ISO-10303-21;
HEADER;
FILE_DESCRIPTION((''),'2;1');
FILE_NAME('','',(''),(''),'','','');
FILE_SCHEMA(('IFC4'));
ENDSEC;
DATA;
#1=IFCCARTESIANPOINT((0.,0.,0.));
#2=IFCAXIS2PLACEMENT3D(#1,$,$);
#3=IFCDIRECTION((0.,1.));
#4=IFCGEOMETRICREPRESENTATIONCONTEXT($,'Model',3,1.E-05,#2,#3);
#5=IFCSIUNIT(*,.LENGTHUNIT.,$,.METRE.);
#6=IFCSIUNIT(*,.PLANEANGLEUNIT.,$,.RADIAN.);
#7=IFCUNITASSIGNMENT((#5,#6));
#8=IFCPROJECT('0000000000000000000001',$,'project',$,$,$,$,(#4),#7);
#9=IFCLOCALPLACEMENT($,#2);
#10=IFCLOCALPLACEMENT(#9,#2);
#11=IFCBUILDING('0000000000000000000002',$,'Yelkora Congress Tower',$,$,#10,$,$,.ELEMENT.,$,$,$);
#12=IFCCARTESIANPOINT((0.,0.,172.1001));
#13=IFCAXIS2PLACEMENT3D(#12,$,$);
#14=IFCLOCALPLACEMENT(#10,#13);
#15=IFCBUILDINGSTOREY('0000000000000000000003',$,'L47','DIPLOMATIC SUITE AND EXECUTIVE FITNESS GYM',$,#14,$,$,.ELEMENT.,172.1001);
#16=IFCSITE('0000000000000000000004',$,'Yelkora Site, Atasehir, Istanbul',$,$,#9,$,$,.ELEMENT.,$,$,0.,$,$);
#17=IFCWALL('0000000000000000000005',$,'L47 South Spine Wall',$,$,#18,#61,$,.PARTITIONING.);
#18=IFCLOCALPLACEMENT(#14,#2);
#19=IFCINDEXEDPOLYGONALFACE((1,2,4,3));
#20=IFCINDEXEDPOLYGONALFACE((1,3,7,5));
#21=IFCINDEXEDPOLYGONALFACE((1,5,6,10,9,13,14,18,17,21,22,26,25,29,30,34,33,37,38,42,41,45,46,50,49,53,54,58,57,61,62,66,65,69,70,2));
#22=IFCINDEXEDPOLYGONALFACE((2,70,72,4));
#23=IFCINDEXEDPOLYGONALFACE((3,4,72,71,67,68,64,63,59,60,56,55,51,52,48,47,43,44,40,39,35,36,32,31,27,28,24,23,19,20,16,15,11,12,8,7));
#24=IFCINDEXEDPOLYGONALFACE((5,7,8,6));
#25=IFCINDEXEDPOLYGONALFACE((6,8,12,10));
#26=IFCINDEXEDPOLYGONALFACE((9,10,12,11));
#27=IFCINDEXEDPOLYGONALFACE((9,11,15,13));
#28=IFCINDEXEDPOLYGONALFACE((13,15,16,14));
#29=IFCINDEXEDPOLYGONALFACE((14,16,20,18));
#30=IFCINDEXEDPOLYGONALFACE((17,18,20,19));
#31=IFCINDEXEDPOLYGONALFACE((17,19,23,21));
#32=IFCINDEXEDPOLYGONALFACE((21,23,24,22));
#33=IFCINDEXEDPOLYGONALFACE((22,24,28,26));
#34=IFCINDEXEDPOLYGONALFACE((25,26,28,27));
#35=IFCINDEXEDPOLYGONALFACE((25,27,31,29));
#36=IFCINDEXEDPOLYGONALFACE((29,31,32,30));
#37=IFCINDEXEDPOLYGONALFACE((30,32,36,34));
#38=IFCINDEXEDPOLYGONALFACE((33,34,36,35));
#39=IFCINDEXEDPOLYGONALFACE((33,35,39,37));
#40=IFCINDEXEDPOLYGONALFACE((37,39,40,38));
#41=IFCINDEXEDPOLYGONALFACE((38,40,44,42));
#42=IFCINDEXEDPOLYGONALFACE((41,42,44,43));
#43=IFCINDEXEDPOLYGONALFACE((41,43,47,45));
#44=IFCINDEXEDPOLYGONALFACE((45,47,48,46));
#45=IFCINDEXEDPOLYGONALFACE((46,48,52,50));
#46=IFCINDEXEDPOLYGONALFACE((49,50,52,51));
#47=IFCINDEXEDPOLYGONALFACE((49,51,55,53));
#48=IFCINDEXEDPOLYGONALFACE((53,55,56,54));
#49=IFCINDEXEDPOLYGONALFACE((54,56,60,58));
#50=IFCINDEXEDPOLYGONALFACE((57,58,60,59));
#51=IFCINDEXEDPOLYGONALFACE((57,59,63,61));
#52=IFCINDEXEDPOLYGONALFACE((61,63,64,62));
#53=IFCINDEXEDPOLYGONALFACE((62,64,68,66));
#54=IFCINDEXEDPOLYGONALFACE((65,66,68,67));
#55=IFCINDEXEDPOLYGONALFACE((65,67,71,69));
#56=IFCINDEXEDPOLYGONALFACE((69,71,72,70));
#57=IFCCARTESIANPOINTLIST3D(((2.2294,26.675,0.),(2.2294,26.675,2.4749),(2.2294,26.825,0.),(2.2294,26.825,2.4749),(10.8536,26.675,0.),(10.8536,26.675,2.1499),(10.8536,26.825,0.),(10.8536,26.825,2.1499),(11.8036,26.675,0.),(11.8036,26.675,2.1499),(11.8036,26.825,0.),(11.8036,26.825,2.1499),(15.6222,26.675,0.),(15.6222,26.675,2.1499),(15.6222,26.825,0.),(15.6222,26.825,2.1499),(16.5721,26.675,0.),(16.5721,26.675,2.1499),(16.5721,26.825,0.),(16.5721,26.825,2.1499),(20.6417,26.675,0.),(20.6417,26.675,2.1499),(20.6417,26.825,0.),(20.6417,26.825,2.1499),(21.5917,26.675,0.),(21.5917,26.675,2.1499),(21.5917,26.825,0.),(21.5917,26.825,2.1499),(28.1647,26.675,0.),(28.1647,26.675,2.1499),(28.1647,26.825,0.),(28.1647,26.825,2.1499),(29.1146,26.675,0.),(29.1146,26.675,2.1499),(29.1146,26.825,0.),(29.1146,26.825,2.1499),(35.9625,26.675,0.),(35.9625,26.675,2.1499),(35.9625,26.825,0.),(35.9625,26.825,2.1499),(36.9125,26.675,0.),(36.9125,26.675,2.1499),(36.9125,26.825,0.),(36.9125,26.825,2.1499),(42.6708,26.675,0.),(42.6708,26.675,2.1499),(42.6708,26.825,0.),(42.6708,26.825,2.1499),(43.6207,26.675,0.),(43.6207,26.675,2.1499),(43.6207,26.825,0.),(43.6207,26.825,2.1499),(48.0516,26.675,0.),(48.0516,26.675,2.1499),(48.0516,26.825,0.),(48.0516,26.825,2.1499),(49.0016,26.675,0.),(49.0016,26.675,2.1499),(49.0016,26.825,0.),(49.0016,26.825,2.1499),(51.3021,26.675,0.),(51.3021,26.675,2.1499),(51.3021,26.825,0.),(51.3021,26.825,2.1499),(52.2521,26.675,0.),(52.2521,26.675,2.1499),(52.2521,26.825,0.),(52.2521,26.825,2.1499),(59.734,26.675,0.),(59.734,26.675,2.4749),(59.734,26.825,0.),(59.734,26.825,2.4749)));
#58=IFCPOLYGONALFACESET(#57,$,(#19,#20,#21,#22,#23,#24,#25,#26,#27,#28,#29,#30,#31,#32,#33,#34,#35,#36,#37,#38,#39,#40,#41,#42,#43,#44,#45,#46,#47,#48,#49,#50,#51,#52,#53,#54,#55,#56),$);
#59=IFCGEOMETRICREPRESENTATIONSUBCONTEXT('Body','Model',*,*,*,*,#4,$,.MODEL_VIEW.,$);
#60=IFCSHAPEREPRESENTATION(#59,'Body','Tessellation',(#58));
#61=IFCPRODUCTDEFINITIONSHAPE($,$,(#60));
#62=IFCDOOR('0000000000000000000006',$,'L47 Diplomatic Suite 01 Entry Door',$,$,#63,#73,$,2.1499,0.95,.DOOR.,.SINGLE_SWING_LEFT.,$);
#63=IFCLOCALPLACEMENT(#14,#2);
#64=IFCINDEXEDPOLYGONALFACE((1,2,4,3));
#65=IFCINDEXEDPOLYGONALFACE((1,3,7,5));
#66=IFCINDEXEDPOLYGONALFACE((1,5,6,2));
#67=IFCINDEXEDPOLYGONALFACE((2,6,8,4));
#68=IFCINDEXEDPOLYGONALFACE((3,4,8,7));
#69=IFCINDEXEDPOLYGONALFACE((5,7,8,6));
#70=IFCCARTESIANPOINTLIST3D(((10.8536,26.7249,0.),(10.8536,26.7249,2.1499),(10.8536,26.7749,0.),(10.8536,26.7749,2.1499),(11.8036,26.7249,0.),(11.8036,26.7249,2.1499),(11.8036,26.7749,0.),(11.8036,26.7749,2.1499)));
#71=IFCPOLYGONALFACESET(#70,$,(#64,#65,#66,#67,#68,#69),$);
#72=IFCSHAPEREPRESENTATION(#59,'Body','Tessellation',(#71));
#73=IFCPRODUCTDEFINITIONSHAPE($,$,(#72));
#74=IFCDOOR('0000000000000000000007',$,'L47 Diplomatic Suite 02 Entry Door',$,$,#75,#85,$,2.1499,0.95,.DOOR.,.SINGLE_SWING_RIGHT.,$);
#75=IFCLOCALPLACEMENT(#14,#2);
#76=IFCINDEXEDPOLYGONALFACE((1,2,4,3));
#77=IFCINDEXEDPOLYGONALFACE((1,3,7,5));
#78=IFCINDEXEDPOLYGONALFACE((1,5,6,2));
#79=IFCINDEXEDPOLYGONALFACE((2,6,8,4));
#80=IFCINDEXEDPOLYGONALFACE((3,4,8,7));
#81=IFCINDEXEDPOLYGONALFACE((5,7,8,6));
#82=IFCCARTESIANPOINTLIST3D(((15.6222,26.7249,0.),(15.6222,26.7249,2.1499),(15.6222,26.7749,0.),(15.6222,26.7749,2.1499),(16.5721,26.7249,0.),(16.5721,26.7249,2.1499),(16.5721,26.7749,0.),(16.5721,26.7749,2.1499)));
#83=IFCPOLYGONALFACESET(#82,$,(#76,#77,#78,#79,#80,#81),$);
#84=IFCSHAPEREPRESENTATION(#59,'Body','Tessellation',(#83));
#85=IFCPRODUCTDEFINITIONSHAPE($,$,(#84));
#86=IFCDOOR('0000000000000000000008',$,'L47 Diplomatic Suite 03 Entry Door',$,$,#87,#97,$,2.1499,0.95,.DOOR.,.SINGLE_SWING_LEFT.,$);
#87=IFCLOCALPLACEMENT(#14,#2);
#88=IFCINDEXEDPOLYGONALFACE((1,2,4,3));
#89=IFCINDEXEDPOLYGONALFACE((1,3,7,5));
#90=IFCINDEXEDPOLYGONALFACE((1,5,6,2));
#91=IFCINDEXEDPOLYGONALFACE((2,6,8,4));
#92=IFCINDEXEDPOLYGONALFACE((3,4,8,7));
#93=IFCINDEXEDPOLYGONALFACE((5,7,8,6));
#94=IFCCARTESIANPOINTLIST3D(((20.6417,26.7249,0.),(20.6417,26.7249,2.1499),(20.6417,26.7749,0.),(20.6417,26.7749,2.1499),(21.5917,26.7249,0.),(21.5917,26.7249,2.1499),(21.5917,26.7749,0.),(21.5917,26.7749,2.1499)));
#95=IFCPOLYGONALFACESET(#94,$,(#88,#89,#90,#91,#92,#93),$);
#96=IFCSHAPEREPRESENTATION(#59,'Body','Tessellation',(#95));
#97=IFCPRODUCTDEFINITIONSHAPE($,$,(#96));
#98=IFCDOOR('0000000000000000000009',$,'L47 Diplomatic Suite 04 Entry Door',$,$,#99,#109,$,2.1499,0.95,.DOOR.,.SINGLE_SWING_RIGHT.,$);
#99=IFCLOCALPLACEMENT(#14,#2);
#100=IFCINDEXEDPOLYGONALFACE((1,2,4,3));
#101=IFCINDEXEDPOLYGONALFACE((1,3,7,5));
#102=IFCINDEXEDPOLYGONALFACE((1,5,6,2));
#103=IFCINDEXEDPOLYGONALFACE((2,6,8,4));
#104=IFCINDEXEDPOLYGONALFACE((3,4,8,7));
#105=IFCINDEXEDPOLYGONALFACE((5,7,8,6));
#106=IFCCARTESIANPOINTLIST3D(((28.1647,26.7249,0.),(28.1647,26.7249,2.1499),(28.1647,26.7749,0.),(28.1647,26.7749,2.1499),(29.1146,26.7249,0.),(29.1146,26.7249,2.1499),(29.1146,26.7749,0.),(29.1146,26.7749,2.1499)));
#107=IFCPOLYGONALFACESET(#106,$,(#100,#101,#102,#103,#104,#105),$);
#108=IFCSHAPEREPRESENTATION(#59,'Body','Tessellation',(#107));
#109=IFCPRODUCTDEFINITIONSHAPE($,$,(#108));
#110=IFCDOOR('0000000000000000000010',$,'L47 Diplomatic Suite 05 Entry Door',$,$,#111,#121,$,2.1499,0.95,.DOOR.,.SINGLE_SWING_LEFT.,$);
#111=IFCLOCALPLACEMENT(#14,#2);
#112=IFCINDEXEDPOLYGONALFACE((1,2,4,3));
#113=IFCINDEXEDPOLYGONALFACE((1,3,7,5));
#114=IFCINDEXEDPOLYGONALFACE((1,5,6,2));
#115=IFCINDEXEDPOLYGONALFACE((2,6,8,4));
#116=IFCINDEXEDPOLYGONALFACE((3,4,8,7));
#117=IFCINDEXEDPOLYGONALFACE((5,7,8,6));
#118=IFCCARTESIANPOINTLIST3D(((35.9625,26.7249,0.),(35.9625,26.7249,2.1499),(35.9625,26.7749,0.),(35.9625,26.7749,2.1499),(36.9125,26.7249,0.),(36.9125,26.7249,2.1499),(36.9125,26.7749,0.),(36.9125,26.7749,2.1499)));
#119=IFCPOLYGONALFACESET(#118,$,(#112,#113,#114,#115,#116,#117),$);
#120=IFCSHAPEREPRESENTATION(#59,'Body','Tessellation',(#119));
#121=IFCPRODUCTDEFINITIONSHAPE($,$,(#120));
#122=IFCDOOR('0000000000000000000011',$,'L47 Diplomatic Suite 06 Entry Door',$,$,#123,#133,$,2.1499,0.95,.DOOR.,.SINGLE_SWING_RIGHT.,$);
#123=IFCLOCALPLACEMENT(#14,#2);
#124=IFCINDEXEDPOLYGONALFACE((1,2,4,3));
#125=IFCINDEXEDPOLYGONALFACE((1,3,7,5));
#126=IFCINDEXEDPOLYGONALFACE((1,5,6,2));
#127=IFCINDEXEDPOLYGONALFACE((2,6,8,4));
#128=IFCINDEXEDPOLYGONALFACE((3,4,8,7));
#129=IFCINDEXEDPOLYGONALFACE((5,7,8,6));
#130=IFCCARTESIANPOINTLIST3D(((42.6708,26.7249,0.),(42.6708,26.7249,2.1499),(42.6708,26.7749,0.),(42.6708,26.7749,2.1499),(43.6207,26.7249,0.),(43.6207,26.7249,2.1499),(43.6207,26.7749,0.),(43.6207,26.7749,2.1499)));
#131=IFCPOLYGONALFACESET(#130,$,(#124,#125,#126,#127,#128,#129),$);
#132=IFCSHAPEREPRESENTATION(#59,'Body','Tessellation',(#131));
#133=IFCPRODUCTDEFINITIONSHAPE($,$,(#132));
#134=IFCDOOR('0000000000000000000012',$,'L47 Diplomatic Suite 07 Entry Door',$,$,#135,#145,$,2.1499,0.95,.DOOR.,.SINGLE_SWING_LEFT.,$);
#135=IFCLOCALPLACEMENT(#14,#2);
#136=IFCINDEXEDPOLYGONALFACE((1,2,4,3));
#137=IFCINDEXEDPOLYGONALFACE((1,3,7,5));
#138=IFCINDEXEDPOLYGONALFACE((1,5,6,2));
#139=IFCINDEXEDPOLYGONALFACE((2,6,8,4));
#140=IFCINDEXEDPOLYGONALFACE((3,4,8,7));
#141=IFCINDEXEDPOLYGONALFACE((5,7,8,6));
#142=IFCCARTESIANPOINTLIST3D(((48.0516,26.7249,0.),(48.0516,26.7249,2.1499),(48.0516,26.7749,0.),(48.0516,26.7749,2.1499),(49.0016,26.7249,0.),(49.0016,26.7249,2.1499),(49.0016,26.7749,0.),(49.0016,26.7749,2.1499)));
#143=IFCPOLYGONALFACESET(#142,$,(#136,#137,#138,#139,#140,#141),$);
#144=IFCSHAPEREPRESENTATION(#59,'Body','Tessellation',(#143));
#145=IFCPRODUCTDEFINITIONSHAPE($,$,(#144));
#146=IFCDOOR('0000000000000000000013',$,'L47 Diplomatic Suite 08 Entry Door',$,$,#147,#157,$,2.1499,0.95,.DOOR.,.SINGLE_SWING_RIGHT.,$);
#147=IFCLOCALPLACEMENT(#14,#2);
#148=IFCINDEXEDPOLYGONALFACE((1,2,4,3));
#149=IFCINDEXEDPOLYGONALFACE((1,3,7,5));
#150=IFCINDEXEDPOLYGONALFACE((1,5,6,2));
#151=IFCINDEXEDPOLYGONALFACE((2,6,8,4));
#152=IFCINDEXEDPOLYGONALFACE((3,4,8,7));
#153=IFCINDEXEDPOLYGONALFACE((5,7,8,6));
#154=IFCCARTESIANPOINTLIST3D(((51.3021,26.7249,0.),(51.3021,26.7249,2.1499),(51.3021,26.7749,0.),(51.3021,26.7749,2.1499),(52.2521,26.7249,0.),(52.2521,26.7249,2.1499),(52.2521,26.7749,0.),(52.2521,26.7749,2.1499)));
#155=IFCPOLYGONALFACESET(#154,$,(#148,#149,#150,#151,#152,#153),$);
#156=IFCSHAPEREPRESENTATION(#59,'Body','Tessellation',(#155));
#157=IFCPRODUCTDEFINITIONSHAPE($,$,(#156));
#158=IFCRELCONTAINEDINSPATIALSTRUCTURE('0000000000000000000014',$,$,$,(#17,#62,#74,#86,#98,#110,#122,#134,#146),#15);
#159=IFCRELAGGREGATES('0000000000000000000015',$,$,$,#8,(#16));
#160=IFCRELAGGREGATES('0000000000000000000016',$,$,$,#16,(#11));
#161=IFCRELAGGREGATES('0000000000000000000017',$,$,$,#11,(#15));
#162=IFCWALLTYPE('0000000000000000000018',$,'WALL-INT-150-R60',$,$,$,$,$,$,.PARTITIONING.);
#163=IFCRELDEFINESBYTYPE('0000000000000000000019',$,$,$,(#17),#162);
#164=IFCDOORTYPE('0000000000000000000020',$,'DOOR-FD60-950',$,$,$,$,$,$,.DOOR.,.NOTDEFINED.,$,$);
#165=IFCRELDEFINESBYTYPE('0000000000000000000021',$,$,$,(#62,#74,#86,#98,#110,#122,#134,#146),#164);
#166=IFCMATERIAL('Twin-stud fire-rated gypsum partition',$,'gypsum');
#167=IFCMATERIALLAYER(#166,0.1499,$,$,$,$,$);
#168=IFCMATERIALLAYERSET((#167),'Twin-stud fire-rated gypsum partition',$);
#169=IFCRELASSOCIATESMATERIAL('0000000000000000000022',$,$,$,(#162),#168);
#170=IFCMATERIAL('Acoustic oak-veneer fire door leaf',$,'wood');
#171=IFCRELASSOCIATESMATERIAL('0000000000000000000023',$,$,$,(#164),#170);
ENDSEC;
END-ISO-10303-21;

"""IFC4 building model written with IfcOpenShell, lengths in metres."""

from ifc_helpers import new_model, si_unit, direction, frame, frame_2d, origin, place, context, subcontext, project, spatial, rectangle, extrude, material, layer, layer_set, type_object, element, fill, save


model = new_model("IFC4")

# Units and contexts
model_context = context("Model", 3, precision=1e-05, world=origin(), true_north=direction((0.0, 1.0)))
body_context = subcontext(model_context, "Body", "Model", "MODEL_VIEW")
ifc_project = project(units=[si_unit("LENGTHUNIT", "METRE"), si_unit("PLANEANGLEUNIT", "RADIAN")], contexts=[model_context])

# Site, building, storey
site_placement = place(None, origin())
site = spatial("IfcSite", under=ifc_project, at=site_placement, Name="Yelkora Site, Atasehir, Istanbul", CompositionType="ELEMENT", RefElevation=0.0)
building_placement = place(site_placement, origin())
building = spatial("IfcBuilding", under=site, at=building_placement, Name="Yelkora Congress Tower", CompositionType="ELEMENT")
storey_placement = place(building_placement, frame((0.0, 0.0, 172.1001)))
storey = spatial("IfcBuildingStorey", under=building, at=storey_placement, Name="L47", Description="DIPLOMATIC SUITE AND EXECUTIVE FITNESS GYM", CompositionType="ELEMENT", Elevation=172.1001)

# Wall, openings, doors
ifc_material_1 = material(Name="Twin-stud fire-rated gypsum partition", Category="gypsum")
ifc_layer_1 = layer(ifc_material_1, 0.1499)
ifc_layer_set_1 = layer_set([ifc_layer_1], Name="Twin-stud fire-rated gypsum partition")
wall_type_1 = type_object("IfcWallType", Name="WALL-INT-150-R60", PredefinedType="PARTITIONING", material=ifc_layer_set_1)
wall_1_placement = place(storey_placement, frame((2.2292, 26.75, 0.0), z_axis=(0.0, 0.0, 1.0), x_axis=(1.0, 0.0, 0.0)))
wall_1 = element("IfcWall", 1, at=wall_1_placement, inside=storey, type_object=wall_type_1, Name="L47 South Spine Wall", PredefinedType="PARTITIONING", context=body_context, shape_type="SweptSolid", body=[
    extrude(rectangle(XDim=57.5046, YDim=0.1499, at=frame_2d((28.7524, 0.0))), origin(), (0.0, 0.0, 1.0), 2.4749),
])
opening_1_placement = place(wall_1_placement, frame((8.6243, 0.0, 0.0)))
opening_1 = element("IfcOpeningElement", 2, at=opening_1_placement, cuts=wall_1, PredefinedType="OPENING", context=body_context, shape_type="SweptSolid", body=[
    extrude(rectangle(XDim=0.95, YDim=2.1499, at=frame_2d((0.4751, 1.075))), frame((0.0, 0.085, 0.0), z_axis=(0.0, -1.0, 0.0), x_axis=(1.0, 0.0, 0.0)), (0.0, 0.0, 1.0), 0.1699),
])
opening_2_placement = place(wall_1_placement, frame((13.3928, 0.0, 0.0)))
opening_2 = element("IfcOpeningElement", 3, at=opening_2_placement, cuts=wall_1, PredefinedType="OPENING", context=body_context, shape_type="SweptSolid", body=[
    extrude(rectangle(XDim=0.95, YDim=2.1499, at=frame_2d((0.4751, 1.075))), frame((0.0, 0.085, 0.0), z_axis=(0.0, -1.0, 0.0), x_axis=(1.0, 0.0, 0.0)), (0.0, 0.0, 1.0), 0.1699),
])
opening_3_placement = place(wall_1_placement, frame((18.4124, 0.0, 0.0)))
opening_3 = element("IfcOpeningElement", 4, at=opening_3_placement, cuts=wall_1, PredefinedType="OPENING", context=body_context, shape_type="SweptSolid", body=[
    extrude(rectangle(XDim=0.95, YDim=2.1499, at=frame_2d((0.4751, 1.075))), frame((0.0, 0.085, 0.0), z_axis=(0.0, -1.0, 0.0), x_axis=(1.0, 0.0, 0.0)), (0.0, 0.0, 1.0), 0.1699),
])
opening_4_placement = place(wall_1_placement, frame((25.9353, 0.0, 0.0)))
opening_4 = element("IfcOpeningElement", 5, at=opening_4_placement, cuts=wall_1, PredefinedType="OPENING", context=body_context, shape_type="SweptSolid", body=[
    extrude(rectangle(XDim=0.95, YDim=2.1499, at=frame_2d((0.4751, 1.075))), frame((0.0, 0.085, 0.0), z_axis=(0.0, -1.0, 0.0), x_axis=(1.0, 0.0, 0.0)), (0.0, 0.0, 1.0), 0.1699),
])
opening_5_placement = place(wall_1_placement, frame((33.7332, 0.0, 0.0)))
opening_5 = element("IfcOpeningElement", 6, at=opening_5_placement, cuts=wall_1, PredefinedType="OPENING", context=body_context, shape_type="SweptSolid", body=[
    extrude(rectangle(XDim=0.95, YDim=2.1499, at=frame_2d((0.4751, 1.075))), frame((0.0, 0.085, 0.0), z_axis=(0.0, -1.0, 0.0), x_axis=(1.0, 0.0, 0.0)), (0.0, 0.0, 1.0), 0.1699),
])
opening_6_placement = place(wall_1_placement, frame((40.4414, 0.0, 0.0)))
opening_6 = element("IfcOpeningElement", 7, at=opening_6_placement, cuts=wall_1, PredefinedType="OPENING", context=body_context, shape_type="SweptSolid", body=[
    extrude(rectangle(XDim=0.95, YDim=2.1499, at=frame_2d((0.4751, 1.075))), frame((0.0, 0.085, 0.0), z_axis=(0.0, -1.0, 0.0), x_axis=(1.0, 0.0, 0.0)), (0.0, 0.0, 1.0), 0.1699),
])
opening_7_placement = place(wall_1_placement, frame((45.8223, 0.0, 0.0)))
opening_7 = element("IfcOpeningElement", 8, at=opening_7_placement, cuts=wall_1, PredefinedType="OPENING", context=body_context, shape_type="SweptSolid", body=[
    extrude(rectangle(XDim=0.95, YDim=2.1499, at=frame_2d((0.4751, 1.075))), frame((0.0, 0.085, 0.0), z_axis=(0.0, -1.0, 0.0), x_axis=(1.0, 0.0, 0.0)), (0.0, 0.0, 1.0), 0.1699),
])
opening_8_placement = place(wall_1_placement, frame((49.0728, 0.0, 0.0)))
opening_8 = element("IfcOpeningElement", 9, at=opening_8_placement, cuts=wall_1, PredefinedType="OPENING", context=body_context, shape_type="SweptSolid", body=[
    extrude(rectangle(XDim=0.95, YDim=2.1499, at=frame_2d((0.4751, 1.075))), frame((0.0, 0.085, 0.0), z_axis=(0.0, -1.0, 0.0), x_axis=(1.0, 0.0, 0.0)), (0.0, 0.0, 1.0), 0.1699),
])
ifc_material_2 = material(Name="Acoustic oak-veneer fire door leaf", Category="wood")
door_type = type_object("IfcDoorType", Name="DOOR-FD60-950", OperationType="NOTDEFINED", PredefinedType="DOOR", material=ifc_material_2)
door_1_placement = place(opening_1_placement, origin())
door_1 = element("IfcDoor", 10, at=door_1_placement, inside=storey, type_object=door_type, Name="L47 Diplomatic Suite 01 Entry Door", OperationType="SINGLE_SWING_LEFT", OverallHeight=2.1499, OverallWidth=0.95, PredefinedType="DOOR", context=body_context, shape_type="SweptSolid", body=[
    extrude(rectangle(XDim=0.95, YDim=2.1499, at=frame_2d((0.4751, 1.075))), frame((0.0, 0.0249, 0.0), z_axis=(0.0, -1.0, 0.0), x_axis=(1.0, 0.0, 0.0)), (0.0, 0.0, 1.0), 0.05),
])
fill(opening_1, door_1)
door_2_placement = place(opening_2_placement, origin())
door_2 = element("IfcDoor", 11, at=door_2_placement, inside=storey, type_object=door_type, Name="L47 Diplomatic Suite 02 Entry Door", OperationType="SINGLE_SWING_RIGHT", OverallHeight=2.1499, OverallWidth=0.95, PredefinedType="DOOR", context=body_context, shape_type="SweptSolid", body=[
    extrude(rectangle(XDim=0.95, YDim=2.1499, at=frame_2d((0.4751, 1.075))), frame((0.0, 0.0249, 0.0), z_axis=(0.0, -1.0, 0.0), x_axis=(1.0, 0.0, 0.0)), (0.0, 0.0, 1.0), 0.05),
])
fill(opening_2, door_2)
door_3_placement = place(opening_3_placement, origin())
door_3 = element("IfcDoor", 12, at=door_3_placement, inside=storey, type_object=door_type, Name="L47 Diplomatic Suite 03 Entry Door", OperationType="SINGLE_SWING_LEFT", OverallHeight=2.1499, OverallWidth=0.95, PredefinedType="DOOR", context=body_context, shape_type="SweptSolid", body=[
    extrude(rectangle(XDim=0.95, YDim=2.1499, at=frame_2d((0.4751, 1.075))), frame((0.0, 0.0249, 0.0), z_axis=(0.0, -1.0, 0.0), x_axis=(1.0, 0.0, 0.0)), (0.0, 0.0, 1.0), 0.05),
])
fill(opening_3, door_3)
door_4_placement = place(opening_4_placement, origin())
door_4 = element("IfcDoor", 13, at=door_4_placement, inside=storey, type_object=door_type, Name="L47 Diplomatic Suite 04 Entry Door", OperationType="SINGLE_SWING_RIGHT", OverallHeight=2.1499, OverallWidth=0.95, PredefinedType="DOOR", context=body_context, shape_type="SweptSolid", body=[
    extrude(rectangle(XDim=0.95, YDim=2.1499, at=frame_2d((0.4751, 1.075))), frame((0.0, 0.0249, 0.0), z_axis=(0.0, -1.0, 0.0), x_axis=(1.0, 0.0, 0.0)), (0.0, 0.0, 1.0), 0.05),
])
fill(opening_4, door_4)
door_5_placement = place(opening_5_placement, origin())
door_5 = element("IfcDoor", 14, at=door_5_placement, inside=storey, type_object=door_type, Name="L47 Diplomatic Suite 05 Entry Door", OperationType="SINGLE_SWING_LEFT", OverallHeight=2.1499, OverallWidth=0.95, PredefinedType="DOOR", context=body_context, shape_type="SweptSolid", body=[
    extrude(rectangle(XDim=0.95, YDim=2.1499, at=frame_2d((0.4751, 1.075))), frame((0.0, 0.0249, 0.0), z_axis=(0.0, -1.0, 0.0), x_axis=(1.0, 0.0, 0.0)), (0.0, 0.0, 1.0), 0.05),
])
fill(opening_5, door_5)
door_6_placement = place(opening_6_placement, origin())
door_6 = element("IfcDoor", 15, at=door_6_placement, inside=storey, type_object=door_type, Name="L47 Diplomatic Suite 06 Entry Door", OperationType="SINGLE_SWING_RIGHT", OverallHeight=2.1499, OverallWidth=0.95, PredefinedType="DOOR", context=body_context, shape_type="SweptSolid", body=[
    extrude(rectangle(XDim=0.95, YDim=2.1499, at=frame_2d((0.4751, 1.075))), frame((0.0, 0.0249, 0.0), z_axis=(0.0, -1.0, 0.0), x_axis=(1.0, 0.0, 0.0)), (0.0, 0.0, 1.0), 0.05),
])
fill(opening_6, door_6)
door_7_placement = place(opening_7_placement, origin())
door_7 = element("IfcDoor", 16, at=door_7_placement, inside=storey, type_object=door_type, Name="L47 Diplomatic Suite 07 Entry Door", OperationType="SINGLE_SWING_LEFT", OverallHeight=2.1499, OverallWidth=0.95, PredefinedType="DOOR", context=body_context, shape_type="SweptSolid", body=[
    extrude(rectangle(XDim=0.95, YDim=2.1499, at=frame_2d((0.4751, 1.075))), frame((0.0, 0.0249, 0.0), z_axis=(0.0, -1.0, 0.0), x_axis=(1.0, 0.0, 0.0)), (0.0, 0.0, 1.0), 0.05),
])
fill(opening_7, door_7)
door_8_placement = place(opening_8_placement, origin())
door_8 = element("IfcDoor", 17, at=door_8_placement, inside=storey, type_object=door_type, Name="L47 Diplomatic Suite 08 Entry Door", OperationType="SINGLE_SWING_RIGHT", OverallHeight=2.1499, OverallWidth=0.95, PredefinedType="DOOR", context=body_context, shape_type="SweptSolid", body=[
    extrude(rectangle(XDim=0.95, YDim=2.1499, at=frame_2d((0.4751, 1.075))), frame((0.0, 0.0249, 0.0), z_axis=(0.0, -1.0, 0.0), x_axis=(1.0, 0.0, 0.0)), (0.0, 0.0, 1.0), 0.05),
])
fill(opening_8, door_8)

save(model, "model.ifc")
